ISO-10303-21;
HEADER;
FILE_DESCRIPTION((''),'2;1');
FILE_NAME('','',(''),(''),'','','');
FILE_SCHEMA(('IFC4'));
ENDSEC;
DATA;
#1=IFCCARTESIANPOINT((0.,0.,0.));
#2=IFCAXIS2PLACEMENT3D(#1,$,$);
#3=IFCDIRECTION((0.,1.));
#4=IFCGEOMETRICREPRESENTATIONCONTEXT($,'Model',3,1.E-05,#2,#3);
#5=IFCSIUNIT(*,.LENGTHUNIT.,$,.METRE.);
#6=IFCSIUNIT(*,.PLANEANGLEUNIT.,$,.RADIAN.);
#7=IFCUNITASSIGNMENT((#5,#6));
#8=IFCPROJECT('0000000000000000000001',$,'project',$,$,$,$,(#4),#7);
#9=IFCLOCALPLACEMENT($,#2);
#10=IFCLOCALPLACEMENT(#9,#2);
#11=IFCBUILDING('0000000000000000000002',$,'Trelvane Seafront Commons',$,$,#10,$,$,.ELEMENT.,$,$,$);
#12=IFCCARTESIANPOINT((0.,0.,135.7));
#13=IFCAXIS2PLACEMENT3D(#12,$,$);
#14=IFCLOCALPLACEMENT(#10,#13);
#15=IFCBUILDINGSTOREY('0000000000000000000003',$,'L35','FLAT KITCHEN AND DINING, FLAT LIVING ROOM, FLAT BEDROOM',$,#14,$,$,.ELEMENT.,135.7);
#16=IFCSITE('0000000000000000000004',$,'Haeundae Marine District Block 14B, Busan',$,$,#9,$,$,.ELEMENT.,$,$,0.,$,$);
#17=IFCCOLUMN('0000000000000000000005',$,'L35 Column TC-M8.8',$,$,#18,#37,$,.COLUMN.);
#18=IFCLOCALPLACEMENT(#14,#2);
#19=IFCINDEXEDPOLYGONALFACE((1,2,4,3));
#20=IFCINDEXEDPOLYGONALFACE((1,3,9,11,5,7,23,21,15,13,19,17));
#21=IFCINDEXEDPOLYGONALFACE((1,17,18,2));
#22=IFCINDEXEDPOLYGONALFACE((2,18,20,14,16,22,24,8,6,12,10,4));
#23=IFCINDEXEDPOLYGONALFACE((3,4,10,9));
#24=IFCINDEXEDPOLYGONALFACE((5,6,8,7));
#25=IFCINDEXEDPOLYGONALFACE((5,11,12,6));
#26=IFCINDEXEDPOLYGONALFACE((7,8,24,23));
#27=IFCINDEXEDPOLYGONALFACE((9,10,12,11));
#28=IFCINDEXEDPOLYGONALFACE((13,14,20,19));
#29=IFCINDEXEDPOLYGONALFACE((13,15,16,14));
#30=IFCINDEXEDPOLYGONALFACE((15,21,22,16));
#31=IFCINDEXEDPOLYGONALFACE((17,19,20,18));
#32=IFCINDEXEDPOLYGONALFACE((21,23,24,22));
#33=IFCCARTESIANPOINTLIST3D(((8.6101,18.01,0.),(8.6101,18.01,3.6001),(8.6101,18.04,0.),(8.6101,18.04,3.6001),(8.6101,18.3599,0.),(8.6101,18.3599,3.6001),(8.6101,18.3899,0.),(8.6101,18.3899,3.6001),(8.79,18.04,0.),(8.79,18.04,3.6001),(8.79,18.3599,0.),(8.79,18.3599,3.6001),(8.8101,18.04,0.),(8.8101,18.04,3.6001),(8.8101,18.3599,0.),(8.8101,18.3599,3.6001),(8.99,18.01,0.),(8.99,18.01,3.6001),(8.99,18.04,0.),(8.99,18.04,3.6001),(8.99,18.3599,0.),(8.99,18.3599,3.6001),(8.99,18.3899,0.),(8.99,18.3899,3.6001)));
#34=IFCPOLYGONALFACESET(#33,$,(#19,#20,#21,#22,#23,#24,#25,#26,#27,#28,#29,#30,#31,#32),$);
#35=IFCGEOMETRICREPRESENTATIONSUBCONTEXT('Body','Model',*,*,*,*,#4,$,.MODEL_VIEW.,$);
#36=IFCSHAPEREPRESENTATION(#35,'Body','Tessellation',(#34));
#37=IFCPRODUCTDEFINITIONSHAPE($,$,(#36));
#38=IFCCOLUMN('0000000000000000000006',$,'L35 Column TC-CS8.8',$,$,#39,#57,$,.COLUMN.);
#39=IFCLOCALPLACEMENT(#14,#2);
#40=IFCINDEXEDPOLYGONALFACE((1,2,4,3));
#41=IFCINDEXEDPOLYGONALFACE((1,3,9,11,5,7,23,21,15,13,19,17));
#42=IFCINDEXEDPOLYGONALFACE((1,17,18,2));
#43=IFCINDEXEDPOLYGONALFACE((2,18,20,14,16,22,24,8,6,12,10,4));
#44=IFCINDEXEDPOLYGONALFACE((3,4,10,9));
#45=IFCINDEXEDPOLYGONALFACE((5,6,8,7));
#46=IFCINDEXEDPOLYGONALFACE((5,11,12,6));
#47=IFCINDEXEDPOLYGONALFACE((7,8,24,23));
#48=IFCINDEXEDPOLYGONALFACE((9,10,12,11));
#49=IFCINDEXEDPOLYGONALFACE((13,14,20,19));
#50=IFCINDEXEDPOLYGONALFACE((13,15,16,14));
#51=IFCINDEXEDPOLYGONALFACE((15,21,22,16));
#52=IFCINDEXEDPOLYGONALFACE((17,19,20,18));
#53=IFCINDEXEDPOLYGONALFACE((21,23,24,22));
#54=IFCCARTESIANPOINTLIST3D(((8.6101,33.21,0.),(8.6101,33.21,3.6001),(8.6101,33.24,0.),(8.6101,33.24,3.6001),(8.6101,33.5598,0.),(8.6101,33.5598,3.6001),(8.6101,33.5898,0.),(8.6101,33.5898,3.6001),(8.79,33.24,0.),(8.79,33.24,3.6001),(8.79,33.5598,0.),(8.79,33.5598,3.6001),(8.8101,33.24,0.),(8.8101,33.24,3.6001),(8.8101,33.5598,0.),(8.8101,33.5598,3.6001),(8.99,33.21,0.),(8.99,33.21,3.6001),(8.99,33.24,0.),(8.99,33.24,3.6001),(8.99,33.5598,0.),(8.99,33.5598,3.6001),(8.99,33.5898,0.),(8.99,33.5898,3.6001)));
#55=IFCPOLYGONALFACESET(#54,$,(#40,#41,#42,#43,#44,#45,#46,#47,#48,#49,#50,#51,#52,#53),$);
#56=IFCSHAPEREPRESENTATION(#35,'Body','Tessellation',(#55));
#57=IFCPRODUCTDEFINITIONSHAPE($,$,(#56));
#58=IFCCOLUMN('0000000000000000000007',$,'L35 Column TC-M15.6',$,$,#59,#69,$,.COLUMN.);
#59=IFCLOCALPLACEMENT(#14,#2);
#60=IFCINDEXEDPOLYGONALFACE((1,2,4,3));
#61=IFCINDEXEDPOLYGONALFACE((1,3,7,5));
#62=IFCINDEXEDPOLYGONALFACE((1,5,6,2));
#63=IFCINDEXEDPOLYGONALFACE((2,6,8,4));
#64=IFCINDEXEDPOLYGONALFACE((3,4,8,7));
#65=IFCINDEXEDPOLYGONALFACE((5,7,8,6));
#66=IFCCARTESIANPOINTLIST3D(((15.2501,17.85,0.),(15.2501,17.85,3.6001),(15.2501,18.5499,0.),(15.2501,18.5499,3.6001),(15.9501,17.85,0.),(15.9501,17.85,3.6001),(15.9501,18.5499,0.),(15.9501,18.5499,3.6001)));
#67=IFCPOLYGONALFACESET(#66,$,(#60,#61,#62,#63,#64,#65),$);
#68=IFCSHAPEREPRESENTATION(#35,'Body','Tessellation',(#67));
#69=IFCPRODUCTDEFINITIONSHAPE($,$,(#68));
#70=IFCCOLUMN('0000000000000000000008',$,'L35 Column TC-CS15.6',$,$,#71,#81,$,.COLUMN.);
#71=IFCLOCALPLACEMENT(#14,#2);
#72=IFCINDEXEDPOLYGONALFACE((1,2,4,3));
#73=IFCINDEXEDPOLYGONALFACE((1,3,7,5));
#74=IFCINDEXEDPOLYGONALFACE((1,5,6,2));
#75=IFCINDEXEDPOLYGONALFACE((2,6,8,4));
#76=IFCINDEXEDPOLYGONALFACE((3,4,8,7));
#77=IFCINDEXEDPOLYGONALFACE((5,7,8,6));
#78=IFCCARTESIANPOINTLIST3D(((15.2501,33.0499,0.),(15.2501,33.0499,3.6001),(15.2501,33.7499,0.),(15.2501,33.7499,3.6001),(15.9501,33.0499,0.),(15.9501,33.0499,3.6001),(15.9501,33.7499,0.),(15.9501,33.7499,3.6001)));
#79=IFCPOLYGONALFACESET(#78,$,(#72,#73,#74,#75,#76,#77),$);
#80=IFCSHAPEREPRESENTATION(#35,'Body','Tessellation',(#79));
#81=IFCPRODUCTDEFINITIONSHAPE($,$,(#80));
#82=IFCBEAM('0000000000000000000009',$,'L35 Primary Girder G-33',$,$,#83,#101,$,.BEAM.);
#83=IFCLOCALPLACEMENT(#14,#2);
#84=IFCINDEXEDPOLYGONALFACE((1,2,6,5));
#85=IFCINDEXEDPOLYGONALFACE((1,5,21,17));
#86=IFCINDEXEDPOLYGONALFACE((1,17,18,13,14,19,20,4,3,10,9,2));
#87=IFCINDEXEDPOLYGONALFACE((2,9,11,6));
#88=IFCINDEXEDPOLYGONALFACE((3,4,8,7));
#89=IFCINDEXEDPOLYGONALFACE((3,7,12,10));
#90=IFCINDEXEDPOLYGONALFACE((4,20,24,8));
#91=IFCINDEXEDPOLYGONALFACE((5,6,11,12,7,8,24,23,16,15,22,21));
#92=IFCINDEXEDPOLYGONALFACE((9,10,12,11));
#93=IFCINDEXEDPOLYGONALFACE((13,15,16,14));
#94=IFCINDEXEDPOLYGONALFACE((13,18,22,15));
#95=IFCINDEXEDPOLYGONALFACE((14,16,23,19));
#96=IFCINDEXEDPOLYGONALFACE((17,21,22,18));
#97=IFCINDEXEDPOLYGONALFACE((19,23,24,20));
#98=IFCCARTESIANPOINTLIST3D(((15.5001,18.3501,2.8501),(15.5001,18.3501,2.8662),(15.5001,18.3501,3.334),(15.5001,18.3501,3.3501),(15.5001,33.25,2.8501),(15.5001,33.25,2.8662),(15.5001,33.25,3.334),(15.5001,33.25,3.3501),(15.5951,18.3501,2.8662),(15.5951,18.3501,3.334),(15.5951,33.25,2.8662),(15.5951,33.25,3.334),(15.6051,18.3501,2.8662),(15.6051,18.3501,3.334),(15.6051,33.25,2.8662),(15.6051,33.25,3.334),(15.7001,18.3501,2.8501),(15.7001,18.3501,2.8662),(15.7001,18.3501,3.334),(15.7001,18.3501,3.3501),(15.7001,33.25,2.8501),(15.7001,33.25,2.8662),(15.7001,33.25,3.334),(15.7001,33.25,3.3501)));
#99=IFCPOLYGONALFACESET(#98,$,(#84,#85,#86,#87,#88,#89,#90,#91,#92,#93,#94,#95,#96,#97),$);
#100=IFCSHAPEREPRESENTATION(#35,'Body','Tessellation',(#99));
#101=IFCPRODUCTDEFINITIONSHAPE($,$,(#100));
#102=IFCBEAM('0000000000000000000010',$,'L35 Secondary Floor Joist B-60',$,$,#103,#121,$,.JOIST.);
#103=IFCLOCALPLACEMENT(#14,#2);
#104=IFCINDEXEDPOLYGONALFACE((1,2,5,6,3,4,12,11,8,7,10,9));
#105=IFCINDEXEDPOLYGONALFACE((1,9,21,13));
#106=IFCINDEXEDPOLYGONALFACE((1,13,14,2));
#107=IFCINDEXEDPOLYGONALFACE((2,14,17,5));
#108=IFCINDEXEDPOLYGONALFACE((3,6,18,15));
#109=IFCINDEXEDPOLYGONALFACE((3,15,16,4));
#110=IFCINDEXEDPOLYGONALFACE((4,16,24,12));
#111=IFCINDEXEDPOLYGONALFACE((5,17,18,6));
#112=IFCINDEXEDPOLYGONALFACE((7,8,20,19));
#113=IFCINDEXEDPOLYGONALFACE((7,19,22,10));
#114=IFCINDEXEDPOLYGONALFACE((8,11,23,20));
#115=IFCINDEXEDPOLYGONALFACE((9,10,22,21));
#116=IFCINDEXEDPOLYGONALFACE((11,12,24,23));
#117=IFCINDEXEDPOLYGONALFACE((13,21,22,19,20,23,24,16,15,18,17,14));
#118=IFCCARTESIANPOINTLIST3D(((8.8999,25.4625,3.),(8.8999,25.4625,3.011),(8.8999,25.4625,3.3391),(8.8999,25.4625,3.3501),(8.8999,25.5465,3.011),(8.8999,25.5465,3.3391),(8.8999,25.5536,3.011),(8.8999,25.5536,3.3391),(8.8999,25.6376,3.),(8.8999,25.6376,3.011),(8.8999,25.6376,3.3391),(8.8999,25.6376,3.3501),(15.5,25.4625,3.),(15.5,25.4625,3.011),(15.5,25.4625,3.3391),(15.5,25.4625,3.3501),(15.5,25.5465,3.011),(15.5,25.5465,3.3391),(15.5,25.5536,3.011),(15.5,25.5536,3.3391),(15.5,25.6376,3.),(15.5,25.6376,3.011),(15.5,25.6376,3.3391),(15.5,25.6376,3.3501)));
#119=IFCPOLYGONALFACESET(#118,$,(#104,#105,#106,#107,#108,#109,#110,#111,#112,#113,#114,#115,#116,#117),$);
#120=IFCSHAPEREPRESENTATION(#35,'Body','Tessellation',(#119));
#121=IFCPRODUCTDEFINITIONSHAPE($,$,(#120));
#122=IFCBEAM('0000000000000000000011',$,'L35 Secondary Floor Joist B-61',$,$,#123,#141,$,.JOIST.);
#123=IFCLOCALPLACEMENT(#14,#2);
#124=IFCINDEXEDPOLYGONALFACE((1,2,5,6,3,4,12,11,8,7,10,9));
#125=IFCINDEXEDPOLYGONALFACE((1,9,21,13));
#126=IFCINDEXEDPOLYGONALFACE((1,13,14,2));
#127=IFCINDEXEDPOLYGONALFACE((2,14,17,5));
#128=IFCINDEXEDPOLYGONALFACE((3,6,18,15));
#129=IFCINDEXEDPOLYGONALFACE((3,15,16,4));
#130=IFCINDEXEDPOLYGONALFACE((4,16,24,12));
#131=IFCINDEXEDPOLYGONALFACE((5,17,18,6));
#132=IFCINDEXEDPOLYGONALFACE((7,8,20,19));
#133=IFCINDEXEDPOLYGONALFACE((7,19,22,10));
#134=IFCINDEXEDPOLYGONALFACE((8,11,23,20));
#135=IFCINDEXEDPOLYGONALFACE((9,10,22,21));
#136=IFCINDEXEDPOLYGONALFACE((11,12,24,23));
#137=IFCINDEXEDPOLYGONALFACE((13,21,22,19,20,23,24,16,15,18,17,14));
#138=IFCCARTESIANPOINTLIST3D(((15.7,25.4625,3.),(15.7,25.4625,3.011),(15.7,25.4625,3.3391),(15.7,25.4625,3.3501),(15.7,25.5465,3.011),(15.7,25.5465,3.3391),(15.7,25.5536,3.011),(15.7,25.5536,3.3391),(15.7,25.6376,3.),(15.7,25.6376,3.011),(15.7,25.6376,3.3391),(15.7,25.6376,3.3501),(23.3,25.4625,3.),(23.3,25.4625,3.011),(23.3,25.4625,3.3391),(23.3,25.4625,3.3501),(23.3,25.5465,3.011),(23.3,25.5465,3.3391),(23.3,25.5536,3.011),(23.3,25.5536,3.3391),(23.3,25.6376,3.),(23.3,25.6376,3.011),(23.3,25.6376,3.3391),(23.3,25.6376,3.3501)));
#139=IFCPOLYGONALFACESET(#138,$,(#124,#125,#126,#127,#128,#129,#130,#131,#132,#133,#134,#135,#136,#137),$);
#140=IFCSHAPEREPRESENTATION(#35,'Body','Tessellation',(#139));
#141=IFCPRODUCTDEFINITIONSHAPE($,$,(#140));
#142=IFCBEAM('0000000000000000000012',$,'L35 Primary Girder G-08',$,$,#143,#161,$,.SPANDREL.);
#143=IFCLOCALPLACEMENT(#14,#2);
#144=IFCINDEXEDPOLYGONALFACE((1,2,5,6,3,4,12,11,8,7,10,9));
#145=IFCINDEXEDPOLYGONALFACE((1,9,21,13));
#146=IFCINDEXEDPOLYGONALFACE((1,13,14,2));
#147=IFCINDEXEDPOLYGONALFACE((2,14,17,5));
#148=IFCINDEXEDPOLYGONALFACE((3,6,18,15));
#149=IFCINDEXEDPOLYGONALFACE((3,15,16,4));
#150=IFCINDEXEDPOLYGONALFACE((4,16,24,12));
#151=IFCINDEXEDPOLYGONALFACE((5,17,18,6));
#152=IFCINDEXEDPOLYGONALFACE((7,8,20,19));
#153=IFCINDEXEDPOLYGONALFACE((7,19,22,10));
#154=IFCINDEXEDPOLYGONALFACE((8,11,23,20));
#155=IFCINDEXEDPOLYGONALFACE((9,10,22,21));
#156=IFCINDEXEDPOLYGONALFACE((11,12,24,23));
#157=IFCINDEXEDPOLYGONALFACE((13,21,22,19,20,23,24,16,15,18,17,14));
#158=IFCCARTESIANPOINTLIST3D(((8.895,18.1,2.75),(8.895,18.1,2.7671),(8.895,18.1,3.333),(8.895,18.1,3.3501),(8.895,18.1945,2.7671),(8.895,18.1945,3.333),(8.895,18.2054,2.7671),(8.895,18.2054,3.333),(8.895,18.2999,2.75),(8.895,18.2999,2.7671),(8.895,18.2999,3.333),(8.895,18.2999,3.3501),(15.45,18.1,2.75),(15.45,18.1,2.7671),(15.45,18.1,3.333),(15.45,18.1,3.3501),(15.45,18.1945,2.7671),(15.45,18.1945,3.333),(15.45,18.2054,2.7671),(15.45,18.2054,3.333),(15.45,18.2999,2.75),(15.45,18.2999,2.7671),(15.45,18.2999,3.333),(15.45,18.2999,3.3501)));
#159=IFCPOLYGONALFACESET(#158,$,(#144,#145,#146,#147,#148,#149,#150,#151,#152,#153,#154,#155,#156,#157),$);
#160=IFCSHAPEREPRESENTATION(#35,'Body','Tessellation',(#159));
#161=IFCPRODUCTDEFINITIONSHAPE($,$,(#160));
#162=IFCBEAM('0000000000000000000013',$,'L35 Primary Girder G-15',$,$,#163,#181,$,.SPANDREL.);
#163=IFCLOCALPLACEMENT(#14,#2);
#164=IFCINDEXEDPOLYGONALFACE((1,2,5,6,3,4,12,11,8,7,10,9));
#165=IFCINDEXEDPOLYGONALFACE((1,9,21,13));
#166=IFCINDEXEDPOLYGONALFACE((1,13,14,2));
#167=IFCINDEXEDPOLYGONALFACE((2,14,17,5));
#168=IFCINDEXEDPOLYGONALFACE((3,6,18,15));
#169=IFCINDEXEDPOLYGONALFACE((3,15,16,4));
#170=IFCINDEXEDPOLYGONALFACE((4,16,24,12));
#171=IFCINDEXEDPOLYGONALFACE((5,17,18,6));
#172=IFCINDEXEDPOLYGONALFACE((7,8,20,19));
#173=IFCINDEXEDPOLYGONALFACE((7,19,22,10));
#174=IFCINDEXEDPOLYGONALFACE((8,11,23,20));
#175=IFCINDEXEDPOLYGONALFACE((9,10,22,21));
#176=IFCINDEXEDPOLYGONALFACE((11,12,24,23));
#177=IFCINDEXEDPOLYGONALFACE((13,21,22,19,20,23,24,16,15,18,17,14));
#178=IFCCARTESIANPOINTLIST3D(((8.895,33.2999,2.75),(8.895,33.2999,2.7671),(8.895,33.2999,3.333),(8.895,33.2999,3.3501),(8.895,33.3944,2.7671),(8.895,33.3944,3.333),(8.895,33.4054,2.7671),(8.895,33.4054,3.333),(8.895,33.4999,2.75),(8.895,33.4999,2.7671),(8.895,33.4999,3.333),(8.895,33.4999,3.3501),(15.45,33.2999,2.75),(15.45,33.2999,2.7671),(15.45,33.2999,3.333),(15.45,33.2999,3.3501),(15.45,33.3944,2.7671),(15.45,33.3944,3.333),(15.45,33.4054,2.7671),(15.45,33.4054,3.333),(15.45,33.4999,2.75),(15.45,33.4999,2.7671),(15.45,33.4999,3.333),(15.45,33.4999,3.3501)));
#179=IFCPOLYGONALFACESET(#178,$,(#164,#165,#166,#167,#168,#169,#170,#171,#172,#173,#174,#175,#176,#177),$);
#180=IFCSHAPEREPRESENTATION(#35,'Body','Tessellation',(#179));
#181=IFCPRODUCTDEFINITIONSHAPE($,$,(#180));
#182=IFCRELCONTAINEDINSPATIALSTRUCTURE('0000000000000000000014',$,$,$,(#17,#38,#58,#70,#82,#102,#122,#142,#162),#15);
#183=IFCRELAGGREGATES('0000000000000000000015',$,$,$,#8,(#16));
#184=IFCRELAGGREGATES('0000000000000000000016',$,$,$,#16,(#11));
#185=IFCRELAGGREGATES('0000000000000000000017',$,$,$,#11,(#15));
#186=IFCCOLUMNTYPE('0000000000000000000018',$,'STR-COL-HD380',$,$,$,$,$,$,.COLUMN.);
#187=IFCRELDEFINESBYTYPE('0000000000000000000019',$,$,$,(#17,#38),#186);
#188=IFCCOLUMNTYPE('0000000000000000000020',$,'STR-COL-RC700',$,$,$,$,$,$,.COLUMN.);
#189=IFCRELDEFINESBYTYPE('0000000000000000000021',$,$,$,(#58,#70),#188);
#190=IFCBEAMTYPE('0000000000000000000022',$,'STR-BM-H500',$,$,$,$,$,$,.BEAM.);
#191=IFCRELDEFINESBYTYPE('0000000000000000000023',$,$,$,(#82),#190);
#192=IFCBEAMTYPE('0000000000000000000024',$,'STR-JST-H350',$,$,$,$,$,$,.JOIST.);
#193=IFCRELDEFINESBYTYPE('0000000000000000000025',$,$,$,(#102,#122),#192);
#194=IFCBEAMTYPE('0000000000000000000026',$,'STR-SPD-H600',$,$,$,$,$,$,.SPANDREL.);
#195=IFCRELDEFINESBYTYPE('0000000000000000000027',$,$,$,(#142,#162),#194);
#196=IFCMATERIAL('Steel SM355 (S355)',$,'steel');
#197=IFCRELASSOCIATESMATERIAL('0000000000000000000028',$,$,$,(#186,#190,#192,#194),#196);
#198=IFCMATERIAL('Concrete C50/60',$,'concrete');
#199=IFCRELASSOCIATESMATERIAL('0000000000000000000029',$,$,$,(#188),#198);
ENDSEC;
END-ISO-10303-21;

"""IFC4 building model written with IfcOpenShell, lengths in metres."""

from ifc_helpers import new_model, si_unit, direction, frame, origin, origin_2d, place, context, subcontext, project, spatial, rectangle, i_section, extrude, source, transform, mapped, material, material_profile, profile_set, type_object, element, save


model = new_model("IFC4")

# Units and contexts
model_context = context("Model", 3, precision=1e-05, world=origin(), true_north=direction((0.0, 1.0)))
body_context = subcontext(model_context, "Body", "Model", "MODEL_VIEW")
ifc_project = project(units=[si_unit("LENGTHUNIT", "METRE"), si_unit("PLANEANGLEUNIT", "RADIAN")], contexts=[model_context])

# Site, building, storey
site_placement = place(None, origin())
site = spatial("IfcSite", under=ifc_project, at=site_placement, Name="Haeundae Marine District Block 14B, Busan", CompositionType="ELEMENT", RefElevation=0.0)
building_placement = place(site_placement, origin())
building = spatial("IfcBuilding", under=site, at=building_placement, Name="Trelvane Seafront Commons", CompositionType="ELEMENT")
storey_placement = place(building_placement, frame((0.0, 0.0, 135.7)))
storey = spatial("IfcBuildingStorey", under=building, at=storey_placement, Name="L35", Description="FLAT KITCHEN AND DINING, FLAT LIVING ROOM, FLAT BEDROOM", CompositionType="ELEMENT", Elevation=135.7)

# Columns
ifc_material_1 = material(Name="Steel SM355 (S355)", Category="steel")
ifc_material_profile_1 = material_profile(ifc_material_1, i_section(OverallWidth=0.3799, OverallDepth=0.3799, WebThickness=0.02, FlangeThickness=0.03, at=origin_2d()), Name="HD-380x380x20x30")
ifc_profile_set_1 = profile_set([ifc_material_profile_1], Name="Steel SM355 (S355)")
column_type_1 = type_object("IfcColumnType", Name="STR-COL-HD380", PredefinedType="COLUMN", material=ifc_profile_set_1)
shared_shape_1 = source(origin(), body_context, "Body", "SweptSolid", [
    extrude(i_section(OverallWidth=0.3799, OverallDepth=0.3799, WebThickness=0.02, FlangeThickness=0.03, at=origin_2d()), origin(), (0.0, 0.0, 1.0), 3.6001),
])
for number, where, z_axis, x_axis, name in (
    (1, (8.8, 18.2, 0.0), (0.0, 0.0, 1.0), (1.0, 0.0, 0.0), "L35 Column TC-M8.8"),
    (2, (8.8, 33.3999, 0.0), (0.0, 0.0, 1.0), (1.0, 0.0, 0.0), "L35 Column TC-CS8.8"),
):
    element("IfcColumn", number, at=place(storey_placement, frame(where, z_axis=z_axis, x_axis=x_axis)), inside=storey, type_object=column_type_1, Name=name, PredefinedType="COLUMN", context=body_context, shape_type="MappedRepresentation", body=[
        mapped(shared_shape_1, transform((0.0, 0.0, 0.0), x_axis=(1.0, 0.0, 0.0), y_axis=(0.0, 1.0, 0.0), z_axis=(0.0, 0.0, 1.0), scale=1.0)),
    ])
ifc_material_2 = material(Name="Concrete C50/60", Category="concrete")
ifc_material_profile_2 = material_profile(ifc_material_2, rectangle(XDim=0.7, YDim=0.7, at=origin_2d()), Name="RC-700x700")
ifc_profile_set_2 = profile_set([ifc_material_profile_2], Name="Concrete C50/60")
column_type_2 = type_object("IfcColumnType", Name="STR-COL-RC700", PredefinedType="COLUMN", material=ifc_profile_set_2)
shared_shape_2 = source(origin(), body_context, "Body", "SweptSolid", [
    extrude(rectangle(XDim=0.7, YDim=0.7, at=origin_2d()), origin(), (0.0, 0.0, 1.0), 3.6001),
])
for number, where, z_axis, x_axis, name in (
    (3, (15.6001, 18.2, 0.0), (0.0, 0.0, 1.0), (1.0, 0.0, 0.0), "L35 Column TC-M15.6"),
    (4, (15.6001, 33.3999, 0.0), (0.0, 0.0, 1.0), (1.0, 0.0, 0.0), "L35 Column TC-CS15.6"),
):
    element("IfcColumn", number, at=place(storey_placement, frame(where, z_axis=z_axis, x_axis=x_axis)), inside=storey, type_object=column_type_2, Name=name, PredefinedType="COLUMN", context=body_context, shape_type="MappedRepresentation", body=[
        mapped(shared_shape_2, transform((0.0, 0.0, 0.0), x_axis=(1.0, 0.0, 0.0), y_axis=(0.0, 1.0, 0.0), z_axis=(0.0, 0.0, 1.0), scale=1.0)),
    ])

# Beams
ifc_material_profile_3 = material_profile(ifc_material_1, i_section(OverallWidth=0.2, OverallDepth=0.5, WebThickness=0.01, FlangeThickness=0.0161, at=origin_2d()), Name="H-500x200x10x16")
ifc_profile_set_3 = profile_set([ifc_material_profile_3], Name="Steel SM355 (S355)")
beam_type_1 = type_object("IfcBeamType", Name="STR-BM-H500", PredefinedType="BEAM", material=ifc_profile_set_3)
shared_shape_3 = source(origin(), body_context, "Body", "SweptSolid", [
    extrude(i_section(OverallWidth=0.2, OverallDepth=0.5, WebThickness=0.01, FlangeThickness=0.0161, at=origin_2d()), origin(), (0.0, 0.0, 1.0), 14.8999),
])
beam_1_placement = place(storey_placement, frame((15.6001, 18.3501, 3.1001), z_axis=(0.0, 1.0, 0.0), x_axis=(-1.0, 0.0, 0.0)))
element("IfcBeam", 5, at=beam_1_placement, inside=storey, type_object=beam_type_1, Name="L35 Primary Girder G-33", PredefinedType="BEAM", context=body_context, shape_type="MappedRepresentation", body=[
    mapped(shared_shape_3, transform((0.0, 0.0, 0.0), x_axis=(1.0, 0.0, 0.0), y_axis=(0.0, 1.0, 0.0), z_axis=(0.0, 0.0, 1.0), scale=1.0)),
])
ifc_material_profile_4 = material_profile(ifc_material_1, i_section(OverallWidth=0.175, OverallDepth=0.3501, WebThickness=0.0071, FlangeThickness=0.011, at=origin_2d()), Name="H-350x175x7x11")
ifc_profile_set_4 = profile_set([ifc_material_profile_4], Name="Steel SM355 (S355)")
beam_type_2 = type_object("IfcBeamType", Name="STR-JST-H350", PredefinedType="JOIST", material=ifc_profile_set_4)
shared_shape_4 = source(origin(), body_context, "Body", "SweptSolid", [
    extrude(i_section(OverallWidth=0.175, OverallDepth=0.3501, WebThickness=0.0071, FlangeThickness=0.011, at=origin_2d()), origin(), (0.0, 0.0, 1.0), 6.6001),
])
beam_2_placement = place(storey_placement, frame((8.8999, 25.55, 3.175), z_axis=(1.0, 0.0, 0.0), x_axis=(0.0, 1.0, 0.0)))
element("IfcBeam", 6, at=beam_2_placement, inside=storey, type_object=beam_type_2, Name="L35 Secondary Floor Joist B-60", PredefinedType="JOIST", context=body_context, shape_type="MappedRepresentation", body=[
    mapped(shared_shape_4, transform((0.0, 0.0, 0.0), x_axis=(1.0, 0.0, 0.0), y_axis=(0.0, 1.0, 0.0), z_axis=(0.0, 0.0, 1.0), scale=1.0)),
])
shared_shape_5 = source(origin(), body_context, "Body", "SweptSolid", [
    extrude(i_section(OverallWidth=0.175, OverallDepth=0.3501, WebThickness=0.0071, FlangeThickness=0.011, at=origin_2d()), origin(), (0.0, 0.0, 1.0), 7.6001),
])
beam_3_placement = place(storey_placement, frame((15.7, 25.55, 3.175), z_axis=(1.0, 0.0, 0.0), x_axis=(0.0, 1.0, 0.0)))
element("IfcBeam", 7, at=beam_3_placement, inside=storey, type_object=beam_type_2, Name="L35 Secondary Floor Joist B-61", PredefinedType="JOIST", context=body_context, shape_type="MappedRepresentation", body=[
    mapped(shared_shape_5, transform((0.0, 0.0, 0.0), x_axis=(1.0, 0.0, 0.0), y_axis=(0.0, 1.0, 0.0), z_axis=(0.0, 0.0, 1.0), scale=1.0)),
])
ifc_material_profile_5 = material_profile(ifc_material_1, i_section(OverallWidth=0.2, OverallDepth=0.6001, WebThickness=0.011, FlangeThickness=0.0171, at=origin_2d()), Name="H-600x200x11x17")
ifc_profile_set_5 = profile_set([ifc_material_profile_5], Name="Steel SM355 (S355)")
beam_type_3 = type_object("IfcBeamType", Name="STR-SPD-H600", PredefinedType="SPANDREL", material=ifc_profile_set_5)
shared_shape_6 = source(origin(), body_context, "Body", "SweptSolid", [
    extrude(i_section(OverallWidth=0.2, OverallDepth=0.6001, WebThickness=0.011, FlangeThickness=0.0171, at=origin_2d()), origin(), (0.0, 0.0, 1.0), 6.5549),
])
for number, where, z_axis, x_axis, name in (
    (8, (8.895, 18.2, 3.05), (1.0, 0.0, 0.0), (0.0, 1.0, 0.0), "L35 Primary Girder G-08"),
    (9, (8.895, 33.3999, 3.05), (1.0, 0.0, 0.0), (0.0, 1.0, 0.0), "L35 Primary Girder G-15"),
):
    element("IfcBeam", number, at=place(storey_placement, frame(where, z_axis=z_axis, x_axis=x_axis)), inside=storey, type_object=beam_type_3, Name=name, PredefinedType="SPANDREL", context=body_context, shape_type="MappedRepresentation", body=[
        mapped(shared_shape_6, transform((0.0, 0.0, 0.0), x_axis=(1.0, 0.0, 0.0), y_axis=(0.0, 1.0, 0.0), z_axis=(0.0, 0.0, 1.0), scale=1.0)),
    ])

save(model, "model.ifc")
